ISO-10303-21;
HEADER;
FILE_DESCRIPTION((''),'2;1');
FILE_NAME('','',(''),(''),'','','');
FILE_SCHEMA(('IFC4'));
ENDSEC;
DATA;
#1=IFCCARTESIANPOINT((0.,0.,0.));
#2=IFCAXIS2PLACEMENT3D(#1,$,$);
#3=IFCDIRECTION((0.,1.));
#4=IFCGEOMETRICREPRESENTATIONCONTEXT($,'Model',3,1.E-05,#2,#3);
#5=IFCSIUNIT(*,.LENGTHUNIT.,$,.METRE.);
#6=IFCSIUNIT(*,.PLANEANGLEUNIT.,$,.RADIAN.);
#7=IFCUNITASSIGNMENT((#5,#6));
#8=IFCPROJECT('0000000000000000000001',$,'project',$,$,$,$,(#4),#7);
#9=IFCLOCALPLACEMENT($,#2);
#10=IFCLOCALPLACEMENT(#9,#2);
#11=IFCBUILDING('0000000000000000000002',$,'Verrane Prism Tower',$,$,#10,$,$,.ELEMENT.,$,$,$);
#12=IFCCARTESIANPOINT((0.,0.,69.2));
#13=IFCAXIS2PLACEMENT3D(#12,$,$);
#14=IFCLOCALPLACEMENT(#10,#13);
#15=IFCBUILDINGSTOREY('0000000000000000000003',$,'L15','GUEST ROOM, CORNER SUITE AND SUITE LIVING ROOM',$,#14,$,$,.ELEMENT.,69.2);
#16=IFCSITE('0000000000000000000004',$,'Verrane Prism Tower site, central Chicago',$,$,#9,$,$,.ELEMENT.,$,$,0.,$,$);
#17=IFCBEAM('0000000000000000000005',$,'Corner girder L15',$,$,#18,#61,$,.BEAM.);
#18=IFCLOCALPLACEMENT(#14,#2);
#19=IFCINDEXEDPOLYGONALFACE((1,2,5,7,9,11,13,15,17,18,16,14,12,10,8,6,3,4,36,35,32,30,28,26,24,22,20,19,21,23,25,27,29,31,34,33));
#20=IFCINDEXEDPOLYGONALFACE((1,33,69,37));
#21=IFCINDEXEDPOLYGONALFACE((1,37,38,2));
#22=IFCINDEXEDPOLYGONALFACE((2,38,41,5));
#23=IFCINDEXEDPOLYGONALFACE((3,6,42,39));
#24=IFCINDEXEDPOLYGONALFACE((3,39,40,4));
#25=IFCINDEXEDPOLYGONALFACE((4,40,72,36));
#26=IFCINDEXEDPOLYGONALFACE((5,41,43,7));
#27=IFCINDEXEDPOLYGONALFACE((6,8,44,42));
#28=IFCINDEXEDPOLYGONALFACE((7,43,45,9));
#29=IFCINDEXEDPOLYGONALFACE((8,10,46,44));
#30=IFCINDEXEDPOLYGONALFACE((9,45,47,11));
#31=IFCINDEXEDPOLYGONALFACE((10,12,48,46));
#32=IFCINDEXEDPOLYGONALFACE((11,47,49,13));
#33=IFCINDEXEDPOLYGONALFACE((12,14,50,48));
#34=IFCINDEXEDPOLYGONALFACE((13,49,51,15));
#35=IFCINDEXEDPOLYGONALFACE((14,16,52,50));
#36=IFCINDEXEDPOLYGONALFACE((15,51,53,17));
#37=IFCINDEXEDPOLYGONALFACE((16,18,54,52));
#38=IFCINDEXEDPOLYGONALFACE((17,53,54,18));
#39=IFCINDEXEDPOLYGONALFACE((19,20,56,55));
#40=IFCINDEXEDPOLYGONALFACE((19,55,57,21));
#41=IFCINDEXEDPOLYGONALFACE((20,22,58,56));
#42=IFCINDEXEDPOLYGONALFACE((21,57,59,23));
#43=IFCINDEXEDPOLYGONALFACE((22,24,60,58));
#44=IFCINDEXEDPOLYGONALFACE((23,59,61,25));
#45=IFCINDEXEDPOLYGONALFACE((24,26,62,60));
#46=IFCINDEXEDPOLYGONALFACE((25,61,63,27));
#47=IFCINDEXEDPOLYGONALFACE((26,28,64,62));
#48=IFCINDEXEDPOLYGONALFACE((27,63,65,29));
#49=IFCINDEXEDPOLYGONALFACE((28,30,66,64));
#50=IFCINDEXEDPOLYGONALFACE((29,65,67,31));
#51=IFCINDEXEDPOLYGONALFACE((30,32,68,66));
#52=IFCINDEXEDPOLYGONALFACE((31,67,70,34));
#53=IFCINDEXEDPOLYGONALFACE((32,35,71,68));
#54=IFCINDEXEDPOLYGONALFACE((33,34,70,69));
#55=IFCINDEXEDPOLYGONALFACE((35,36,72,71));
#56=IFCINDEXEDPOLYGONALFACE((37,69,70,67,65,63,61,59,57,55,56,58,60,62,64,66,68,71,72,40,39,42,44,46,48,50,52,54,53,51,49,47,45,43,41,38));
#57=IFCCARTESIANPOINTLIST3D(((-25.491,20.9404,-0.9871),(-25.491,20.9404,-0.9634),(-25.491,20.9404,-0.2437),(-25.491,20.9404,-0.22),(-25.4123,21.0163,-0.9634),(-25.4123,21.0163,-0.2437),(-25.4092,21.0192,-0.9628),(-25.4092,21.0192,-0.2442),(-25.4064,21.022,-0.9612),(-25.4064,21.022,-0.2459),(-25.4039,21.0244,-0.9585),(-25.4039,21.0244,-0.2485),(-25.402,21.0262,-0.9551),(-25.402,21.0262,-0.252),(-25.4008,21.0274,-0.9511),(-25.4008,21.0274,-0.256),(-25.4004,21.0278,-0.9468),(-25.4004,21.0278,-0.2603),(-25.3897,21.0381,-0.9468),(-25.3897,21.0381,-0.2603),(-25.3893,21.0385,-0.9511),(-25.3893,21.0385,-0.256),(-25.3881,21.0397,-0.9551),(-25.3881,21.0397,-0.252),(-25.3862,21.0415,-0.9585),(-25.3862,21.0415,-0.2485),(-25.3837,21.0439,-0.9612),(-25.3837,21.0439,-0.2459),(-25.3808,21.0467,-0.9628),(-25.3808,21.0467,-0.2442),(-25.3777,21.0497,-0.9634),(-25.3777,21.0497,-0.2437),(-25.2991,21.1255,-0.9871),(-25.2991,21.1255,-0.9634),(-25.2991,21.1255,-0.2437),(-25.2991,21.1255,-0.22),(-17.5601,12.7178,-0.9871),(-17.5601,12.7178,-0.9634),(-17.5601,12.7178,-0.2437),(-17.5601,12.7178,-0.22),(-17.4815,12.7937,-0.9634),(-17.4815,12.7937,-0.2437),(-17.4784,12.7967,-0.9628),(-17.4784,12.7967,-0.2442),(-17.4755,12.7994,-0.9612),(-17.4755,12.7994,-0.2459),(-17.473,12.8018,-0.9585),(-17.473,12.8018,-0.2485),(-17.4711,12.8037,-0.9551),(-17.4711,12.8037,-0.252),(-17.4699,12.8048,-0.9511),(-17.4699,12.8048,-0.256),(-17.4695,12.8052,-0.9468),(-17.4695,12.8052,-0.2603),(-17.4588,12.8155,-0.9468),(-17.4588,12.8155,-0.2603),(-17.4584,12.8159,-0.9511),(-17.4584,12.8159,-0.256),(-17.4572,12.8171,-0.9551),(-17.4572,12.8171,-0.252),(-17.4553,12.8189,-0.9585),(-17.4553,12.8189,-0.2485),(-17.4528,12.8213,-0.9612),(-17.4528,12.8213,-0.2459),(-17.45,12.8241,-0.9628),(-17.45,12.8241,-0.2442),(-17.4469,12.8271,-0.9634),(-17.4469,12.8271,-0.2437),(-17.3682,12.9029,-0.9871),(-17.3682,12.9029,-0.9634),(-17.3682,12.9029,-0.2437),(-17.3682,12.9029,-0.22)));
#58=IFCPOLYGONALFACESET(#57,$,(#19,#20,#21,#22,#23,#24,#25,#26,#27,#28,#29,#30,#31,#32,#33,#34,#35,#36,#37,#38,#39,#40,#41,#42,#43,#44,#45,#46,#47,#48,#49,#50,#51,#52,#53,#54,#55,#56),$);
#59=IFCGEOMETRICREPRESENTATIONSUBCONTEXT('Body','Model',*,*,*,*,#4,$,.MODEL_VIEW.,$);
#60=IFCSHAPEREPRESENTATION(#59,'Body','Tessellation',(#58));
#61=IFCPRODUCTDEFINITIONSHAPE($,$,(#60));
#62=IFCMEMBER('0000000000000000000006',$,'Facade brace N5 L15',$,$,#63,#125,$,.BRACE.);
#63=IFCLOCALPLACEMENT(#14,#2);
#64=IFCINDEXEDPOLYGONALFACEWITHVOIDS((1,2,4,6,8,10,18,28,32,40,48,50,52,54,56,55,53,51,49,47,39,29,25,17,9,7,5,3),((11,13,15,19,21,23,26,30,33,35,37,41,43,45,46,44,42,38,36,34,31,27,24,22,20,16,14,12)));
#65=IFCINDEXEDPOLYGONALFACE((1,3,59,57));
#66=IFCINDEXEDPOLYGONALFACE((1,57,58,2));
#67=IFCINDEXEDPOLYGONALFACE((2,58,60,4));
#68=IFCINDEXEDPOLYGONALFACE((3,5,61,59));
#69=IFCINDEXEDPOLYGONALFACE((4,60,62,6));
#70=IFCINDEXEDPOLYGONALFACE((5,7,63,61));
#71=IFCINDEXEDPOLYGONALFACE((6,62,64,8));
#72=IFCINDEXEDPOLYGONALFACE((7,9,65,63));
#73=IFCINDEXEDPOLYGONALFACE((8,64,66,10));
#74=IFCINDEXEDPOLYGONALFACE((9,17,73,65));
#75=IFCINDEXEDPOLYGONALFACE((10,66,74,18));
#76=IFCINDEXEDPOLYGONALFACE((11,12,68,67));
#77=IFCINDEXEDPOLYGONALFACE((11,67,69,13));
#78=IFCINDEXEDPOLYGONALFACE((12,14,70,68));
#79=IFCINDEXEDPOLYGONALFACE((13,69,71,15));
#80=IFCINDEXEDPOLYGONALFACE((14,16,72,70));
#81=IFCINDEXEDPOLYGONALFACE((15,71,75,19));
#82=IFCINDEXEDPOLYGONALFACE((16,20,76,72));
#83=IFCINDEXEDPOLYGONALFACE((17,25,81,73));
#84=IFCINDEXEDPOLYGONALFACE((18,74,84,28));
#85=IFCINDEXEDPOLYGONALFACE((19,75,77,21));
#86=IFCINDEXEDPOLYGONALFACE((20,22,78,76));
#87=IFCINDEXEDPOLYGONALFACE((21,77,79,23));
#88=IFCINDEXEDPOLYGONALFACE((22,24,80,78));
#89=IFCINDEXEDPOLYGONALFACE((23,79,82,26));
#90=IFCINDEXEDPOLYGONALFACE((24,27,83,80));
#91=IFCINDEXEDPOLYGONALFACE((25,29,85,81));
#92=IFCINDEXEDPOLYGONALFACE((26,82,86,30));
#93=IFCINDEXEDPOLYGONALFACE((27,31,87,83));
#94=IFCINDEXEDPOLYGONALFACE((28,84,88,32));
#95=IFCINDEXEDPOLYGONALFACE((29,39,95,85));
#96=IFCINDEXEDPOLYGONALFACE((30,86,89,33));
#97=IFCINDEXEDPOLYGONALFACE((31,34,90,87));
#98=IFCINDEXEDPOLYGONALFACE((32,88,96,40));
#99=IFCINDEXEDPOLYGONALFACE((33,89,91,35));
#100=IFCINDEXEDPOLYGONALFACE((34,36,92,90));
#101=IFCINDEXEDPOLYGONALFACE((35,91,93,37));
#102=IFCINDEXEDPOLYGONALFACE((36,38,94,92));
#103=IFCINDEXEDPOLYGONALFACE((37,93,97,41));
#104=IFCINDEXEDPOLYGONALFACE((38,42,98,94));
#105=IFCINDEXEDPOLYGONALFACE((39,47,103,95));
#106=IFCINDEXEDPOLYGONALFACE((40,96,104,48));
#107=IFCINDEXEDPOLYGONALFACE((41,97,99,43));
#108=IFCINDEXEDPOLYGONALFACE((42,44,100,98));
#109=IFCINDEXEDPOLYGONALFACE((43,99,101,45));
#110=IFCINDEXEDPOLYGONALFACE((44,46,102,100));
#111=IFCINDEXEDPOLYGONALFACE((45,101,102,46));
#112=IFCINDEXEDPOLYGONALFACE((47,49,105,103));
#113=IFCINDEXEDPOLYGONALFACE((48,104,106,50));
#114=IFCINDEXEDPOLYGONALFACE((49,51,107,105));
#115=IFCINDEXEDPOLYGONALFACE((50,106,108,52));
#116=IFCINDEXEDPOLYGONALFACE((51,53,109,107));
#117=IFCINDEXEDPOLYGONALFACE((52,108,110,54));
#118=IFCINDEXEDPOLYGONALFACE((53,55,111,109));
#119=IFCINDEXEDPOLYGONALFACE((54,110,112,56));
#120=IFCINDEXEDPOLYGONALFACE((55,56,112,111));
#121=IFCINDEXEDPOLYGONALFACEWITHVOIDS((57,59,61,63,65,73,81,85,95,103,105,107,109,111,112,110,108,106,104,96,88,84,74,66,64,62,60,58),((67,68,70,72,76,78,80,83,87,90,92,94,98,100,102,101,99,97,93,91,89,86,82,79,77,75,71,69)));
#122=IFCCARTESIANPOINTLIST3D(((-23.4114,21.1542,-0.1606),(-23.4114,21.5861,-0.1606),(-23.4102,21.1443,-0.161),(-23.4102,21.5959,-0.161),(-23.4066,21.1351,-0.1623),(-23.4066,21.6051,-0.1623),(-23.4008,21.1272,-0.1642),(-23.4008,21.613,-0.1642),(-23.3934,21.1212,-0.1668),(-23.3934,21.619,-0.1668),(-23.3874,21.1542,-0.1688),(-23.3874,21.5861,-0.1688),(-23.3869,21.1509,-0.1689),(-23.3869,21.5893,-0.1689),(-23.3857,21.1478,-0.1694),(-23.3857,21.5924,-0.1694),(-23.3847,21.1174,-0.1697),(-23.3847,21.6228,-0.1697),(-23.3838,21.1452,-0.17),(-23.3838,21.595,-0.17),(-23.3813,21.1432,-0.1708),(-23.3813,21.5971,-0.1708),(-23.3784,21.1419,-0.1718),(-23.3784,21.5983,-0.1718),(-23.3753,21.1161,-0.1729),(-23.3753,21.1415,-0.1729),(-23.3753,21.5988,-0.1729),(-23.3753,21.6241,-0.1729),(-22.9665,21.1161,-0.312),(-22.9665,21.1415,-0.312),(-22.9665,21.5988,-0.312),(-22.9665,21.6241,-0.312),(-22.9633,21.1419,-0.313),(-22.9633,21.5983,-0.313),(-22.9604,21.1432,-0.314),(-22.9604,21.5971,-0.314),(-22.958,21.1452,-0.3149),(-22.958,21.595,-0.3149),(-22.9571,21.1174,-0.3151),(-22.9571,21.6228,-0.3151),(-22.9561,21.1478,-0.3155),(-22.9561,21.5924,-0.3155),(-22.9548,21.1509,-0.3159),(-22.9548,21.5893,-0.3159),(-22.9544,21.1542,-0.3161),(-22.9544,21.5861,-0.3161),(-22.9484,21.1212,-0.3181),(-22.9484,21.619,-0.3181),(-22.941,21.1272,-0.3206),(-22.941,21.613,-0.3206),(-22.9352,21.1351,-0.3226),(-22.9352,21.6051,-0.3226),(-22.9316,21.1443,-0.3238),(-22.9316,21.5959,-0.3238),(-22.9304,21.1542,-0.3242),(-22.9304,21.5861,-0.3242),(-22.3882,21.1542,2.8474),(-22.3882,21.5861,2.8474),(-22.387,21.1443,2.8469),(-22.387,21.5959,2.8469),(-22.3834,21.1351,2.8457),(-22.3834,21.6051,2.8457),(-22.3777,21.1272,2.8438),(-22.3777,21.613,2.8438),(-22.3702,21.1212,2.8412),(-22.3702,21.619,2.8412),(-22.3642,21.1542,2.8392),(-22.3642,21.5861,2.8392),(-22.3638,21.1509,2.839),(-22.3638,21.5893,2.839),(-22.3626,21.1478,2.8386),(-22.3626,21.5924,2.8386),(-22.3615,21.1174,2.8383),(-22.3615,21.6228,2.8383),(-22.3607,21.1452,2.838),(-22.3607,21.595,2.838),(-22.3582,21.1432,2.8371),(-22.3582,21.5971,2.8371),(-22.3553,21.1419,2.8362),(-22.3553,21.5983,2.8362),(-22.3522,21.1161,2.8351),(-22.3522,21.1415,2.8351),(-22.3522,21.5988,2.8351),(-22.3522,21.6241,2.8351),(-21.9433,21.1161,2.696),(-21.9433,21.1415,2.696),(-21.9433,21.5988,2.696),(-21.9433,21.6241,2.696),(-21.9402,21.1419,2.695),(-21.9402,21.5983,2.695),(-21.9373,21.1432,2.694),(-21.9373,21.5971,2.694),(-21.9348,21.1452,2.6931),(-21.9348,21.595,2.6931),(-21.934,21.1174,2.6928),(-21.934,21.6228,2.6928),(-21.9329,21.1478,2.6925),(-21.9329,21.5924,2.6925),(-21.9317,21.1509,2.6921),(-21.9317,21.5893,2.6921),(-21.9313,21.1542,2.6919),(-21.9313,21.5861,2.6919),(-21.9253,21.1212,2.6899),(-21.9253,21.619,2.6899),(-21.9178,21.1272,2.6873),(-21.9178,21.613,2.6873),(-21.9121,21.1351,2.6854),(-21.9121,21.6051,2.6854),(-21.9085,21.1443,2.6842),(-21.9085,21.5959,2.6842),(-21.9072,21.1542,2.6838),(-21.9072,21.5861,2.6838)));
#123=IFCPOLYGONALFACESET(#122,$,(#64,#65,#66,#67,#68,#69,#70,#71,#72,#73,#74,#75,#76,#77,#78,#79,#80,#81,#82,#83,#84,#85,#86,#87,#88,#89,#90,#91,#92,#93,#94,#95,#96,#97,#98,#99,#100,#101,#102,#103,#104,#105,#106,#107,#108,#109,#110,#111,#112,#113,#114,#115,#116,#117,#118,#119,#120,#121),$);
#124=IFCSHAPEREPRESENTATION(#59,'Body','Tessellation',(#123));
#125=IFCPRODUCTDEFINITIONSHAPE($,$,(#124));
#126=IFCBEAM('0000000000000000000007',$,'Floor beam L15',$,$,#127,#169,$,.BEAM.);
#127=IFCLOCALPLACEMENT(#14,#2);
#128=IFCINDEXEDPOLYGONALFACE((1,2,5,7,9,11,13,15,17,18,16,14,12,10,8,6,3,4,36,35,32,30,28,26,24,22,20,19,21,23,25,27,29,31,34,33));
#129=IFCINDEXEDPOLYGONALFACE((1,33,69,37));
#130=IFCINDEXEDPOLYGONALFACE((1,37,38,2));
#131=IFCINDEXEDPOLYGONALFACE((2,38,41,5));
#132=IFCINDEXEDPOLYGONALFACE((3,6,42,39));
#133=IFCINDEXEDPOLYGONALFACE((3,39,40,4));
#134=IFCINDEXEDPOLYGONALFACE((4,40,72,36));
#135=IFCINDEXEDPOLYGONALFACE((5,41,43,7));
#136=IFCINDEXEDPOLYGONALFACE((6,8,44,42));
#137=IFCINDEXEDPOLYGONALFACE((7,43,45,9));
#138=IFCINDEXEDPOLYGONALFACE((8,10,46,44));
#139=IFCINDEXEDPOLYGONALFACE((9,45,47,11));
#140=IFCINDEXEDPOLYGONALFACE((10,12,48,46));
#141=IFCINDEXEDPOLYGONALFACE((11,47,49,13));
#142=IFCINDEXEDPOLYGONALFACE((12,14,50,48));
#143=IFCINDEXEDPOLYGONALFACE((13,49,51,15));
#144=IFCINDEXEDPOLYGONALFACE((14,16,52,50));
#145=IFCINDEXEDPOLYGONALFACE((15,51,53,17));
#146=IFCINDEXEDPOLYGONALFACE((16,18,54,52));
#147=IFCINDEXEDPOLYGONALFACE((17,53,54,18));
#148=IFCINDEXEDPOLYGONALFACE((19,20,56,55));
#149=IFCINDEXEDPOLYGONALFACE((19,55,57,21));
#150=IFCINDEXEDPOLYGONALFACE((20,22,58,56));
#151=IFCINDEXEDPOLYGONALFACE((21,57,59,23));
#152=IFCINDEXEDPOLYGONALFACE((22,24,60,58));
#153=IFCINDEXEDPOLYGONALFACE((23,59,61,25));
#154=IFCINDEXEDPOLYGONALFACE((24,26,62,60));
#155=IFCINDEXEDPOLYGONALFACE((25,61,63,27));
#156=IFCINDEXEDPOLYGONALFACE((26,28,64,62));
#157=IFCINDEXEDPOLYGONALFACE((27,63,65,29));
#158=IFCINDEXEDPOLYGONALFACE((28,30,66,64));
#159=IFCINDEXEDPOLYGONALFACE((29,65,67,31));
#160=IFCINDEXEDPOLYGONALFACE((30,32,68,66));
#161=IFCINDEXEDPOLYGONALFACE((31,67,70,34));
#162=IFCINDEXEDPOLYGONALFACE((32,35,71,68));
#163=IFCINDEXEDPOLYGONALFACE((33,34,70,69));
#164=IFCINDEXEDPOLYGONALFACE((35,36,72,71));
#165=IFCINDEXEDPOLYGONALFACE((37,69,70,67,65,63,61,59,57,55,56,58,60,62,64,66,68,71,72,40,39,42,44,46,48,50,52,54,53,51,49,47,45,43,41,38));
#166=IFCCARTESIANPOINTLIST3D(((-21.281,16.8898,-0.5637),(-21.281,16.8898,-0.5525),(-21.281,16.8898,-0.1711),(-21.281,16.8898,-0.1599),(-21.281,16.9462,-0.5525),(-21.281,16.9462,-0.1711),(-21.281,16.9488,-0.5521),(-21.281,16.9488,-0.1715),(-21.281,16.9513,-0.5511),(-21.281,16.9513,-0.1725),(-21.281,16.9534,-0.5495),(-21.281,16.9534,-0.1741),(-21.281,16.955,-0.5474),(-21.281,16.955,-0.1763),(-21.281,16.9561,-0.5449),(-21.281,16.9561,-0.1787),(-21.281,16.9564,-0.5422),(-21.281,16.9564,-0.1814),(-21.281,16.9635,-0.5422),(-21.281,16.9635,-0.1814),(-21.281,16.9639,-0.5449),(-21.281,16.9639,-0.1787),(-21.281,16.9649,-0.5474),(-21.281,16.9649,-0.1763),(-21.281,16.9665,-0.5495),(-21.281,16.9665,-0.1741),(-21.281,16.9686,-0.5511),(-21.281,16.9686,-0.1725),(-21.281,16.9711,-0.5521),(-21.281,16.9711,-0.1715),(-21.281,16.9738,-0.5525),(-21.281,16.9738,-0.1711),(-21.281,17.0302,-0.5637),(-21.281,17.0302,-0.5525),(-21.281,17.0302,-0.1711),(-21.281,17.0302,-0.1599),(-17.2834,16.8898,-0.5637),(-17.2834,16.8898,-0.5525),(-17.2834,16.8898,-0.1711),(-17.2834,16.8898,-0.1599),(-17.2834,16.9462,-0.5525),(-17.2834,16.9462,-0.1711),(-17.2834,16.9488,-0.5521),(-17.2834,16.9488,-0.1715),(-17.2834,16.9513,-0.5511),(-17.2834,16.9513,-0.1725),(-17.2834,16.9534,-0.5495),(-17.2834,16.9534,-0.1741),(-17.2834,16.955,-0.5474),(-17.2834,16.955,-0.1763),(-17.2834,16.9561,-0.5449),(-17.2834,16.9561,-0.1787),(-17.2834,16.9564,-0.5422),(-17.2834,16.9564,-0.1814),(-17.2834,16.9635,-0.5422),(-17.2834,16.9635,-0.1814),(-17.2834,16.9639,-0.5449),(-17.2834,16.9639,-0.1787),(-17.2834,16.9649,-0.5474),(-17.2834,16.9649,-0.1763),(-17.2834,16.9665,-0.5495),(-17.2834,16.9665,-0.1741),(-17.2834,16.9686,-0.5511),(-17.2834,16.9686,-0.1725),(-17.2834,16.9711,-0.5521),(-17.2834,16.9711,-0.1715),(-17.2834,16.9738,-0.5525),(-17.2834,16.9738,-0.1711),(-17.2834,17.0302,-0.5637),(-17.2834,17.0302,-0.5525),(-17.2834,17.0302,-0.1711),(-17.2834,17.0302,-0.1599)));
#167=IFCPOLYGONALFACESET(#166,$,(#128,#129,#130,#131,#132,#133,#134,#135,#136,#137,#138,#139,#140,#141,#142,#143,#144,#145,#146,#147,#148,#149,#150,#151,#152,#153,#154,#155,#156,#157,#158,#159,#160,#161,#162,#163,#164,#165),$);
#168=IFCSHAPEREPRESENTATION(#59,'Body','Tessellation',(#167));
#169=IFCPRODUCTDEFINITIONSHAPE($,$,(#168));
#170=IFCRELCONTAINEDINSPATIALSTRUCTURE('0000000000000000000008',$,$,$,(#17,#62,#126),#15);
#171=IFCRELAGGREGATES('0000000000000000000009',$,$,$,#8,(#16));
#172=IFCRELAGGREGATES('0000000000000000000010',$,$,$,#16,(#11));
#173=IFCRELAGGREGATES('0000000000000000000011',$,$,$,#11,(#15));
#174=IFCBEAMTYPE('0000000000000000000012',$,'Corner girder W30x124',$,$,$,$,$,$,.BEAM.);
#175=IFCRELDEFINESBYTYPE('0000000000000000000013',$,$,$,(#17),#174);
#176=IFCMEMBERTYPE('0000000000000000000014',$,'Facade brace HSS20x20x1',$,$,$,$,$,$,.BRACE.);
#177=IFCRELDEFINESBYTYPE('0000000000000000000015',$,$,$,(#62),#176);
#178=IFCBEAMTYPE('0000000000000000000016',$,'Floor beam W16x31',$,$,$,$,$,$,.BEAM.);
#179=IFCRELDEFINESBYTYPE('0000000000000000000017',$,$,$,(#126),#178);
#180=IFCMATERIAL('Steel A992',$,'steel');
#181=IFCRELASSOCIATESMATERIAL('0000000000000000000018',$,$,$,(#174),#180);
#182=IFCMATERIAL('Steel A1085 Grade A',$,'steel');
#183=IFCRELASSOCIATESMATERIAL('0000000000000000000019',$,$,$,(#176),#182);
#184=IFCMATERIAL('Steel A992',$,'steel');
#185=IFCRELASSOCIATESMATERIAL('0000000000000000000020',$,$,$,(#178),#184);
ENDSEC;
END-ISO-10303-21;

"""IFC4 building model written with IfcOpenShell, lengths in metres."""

from ifc_helpers import new_model, si_unit, direction, frame, origin, origin_2d, place, context, subcontext, project, spatial, hollow_rectangle, i_section, extrude, material, material_profile, profile_set, type_object, element, save


model = new_model("IFC4")

# Units and contexts
model_context = context("Model", 3, precision=1e-05, world=origin(), true_north=direction((0.0, 1.0)))
body_context = subcontext(model_context, "Body", "Model", "MODEL_VIEW")
ifc_project = project(units=[si_unit("LENGTHUNIT", "METRE"), si_unit("PLANEANGLEUNIT", "RADIAN")], contexts=[model_context])

# Site, building, storey
site_placement = place(None, origin())
site = spatial("IfcSite", under=ifc_project, at=site_placement, Name="Verrane Prism Tower site, central Chicago", CompositionType="ELEMENT", RefElevation=0.0)
building_placement = place(site_placement, origin())
building = spatial("IfcBuilding", under=site, at=building_placement, Name="Verrane Prism Tower", CompositionType="ELEMENT")
storey_placement = place(building_placement, frame((0.0, 0.0, 69.2)))
storey = spatial("IfcBuildingStorey", under=building, at=storey_placement, Name="L15", Description="GUEST ROOM, CORNER SUITE AND SUITE LIVING ROOM", CompositionType="ELEMENT", Elevation=69.2)

# Beam
ifc_material_1 = material(Name="Steel A992", Category="steel")
ifc_material_profile_1 = material_profile(ifc_material_1, i_section(OverallWidth=0.2666, OverallDepth=0.7671, WebThickness=0.0149, FlangeThickness=0.0237, FilletRadius=0.0166, at=origin_2d()), Name="W30x124")
ifc_profile_set_1 = profile_set([ifc_material_profile_1], Name="Steel A992")
beam_type_1 = type_object("IfcBeamType", Name="Corner girder W30x124", PredefinedType="BEAM", material=ifc_profile_set_1)
beam_1_placement = place(storey_placement, frame((-25.395, 21.033, -0.6035), z_axis=(0.694223, -0.71976, 0.0), x_axis=(0.71976, 0.694223, 0.0)))
element("IfcBeam", 1, at=beam_1_placement, inside=storey, type_object=beam_type_1, Name="Corner girder L15", PredefinedType="BEAM", context=body_context, shape_type="SweptSolid", body=[
    extrude(i_section(OverallWidth=0.2666, OverallDepth=0.7671, WebThickness=0.0149, FlangeThickness=0.0237, FilletRadius=0.0166, at=origin_2d()), origin(), (0.0, 0.0, 1.0), 11.4241),
])

# Member
ifc_material_2 = material(Name="Steel A1085 Grade A", Category="steel")
ifc_material_profile_2 = material_profile(ifc_material_2, hollow_rectangle(XDim=0.5081, YDim=0.5081, WallThickness=0.0254, InnerFilletRadius=0.0127, OuterFilletRadius=0.0381, at=origin_2d()), Name="HSS20x20x1")
ifc_profile_set_2 = profile_set([ifc_material_profile_2], Name="Steel A1085 Grade A")
member_type_1 = type_object("IfcMemberType", Name="Facade brace HSS20x20x1", PredefinedType="BRACE", material=ifc_profile_set_2)
member_1_placement = place(storey_placement, frame((-23.1709, 21.3701, -0.2424), z_axis=(0.322031, 0.0, 0.946729), x_axis=(0.0, 1.0, 0.0)))
element("IfcMember", 2, at=member_1_placement, inside=storey, type_object=member_type_1, Name="Facade brace N5 L15", PredefinedType="BRACE", context=body_context, shape_type="SweptSolid", body=[
    extrude(hollow_rectangle(XDim=0.5081, YDim=0.5081, WallThickness=0.0254, InnerFilletRadius=0.0127, OuterFilletRadius=0.0381, at=origin_2d()), origin(), (0.0, 0.0, 1.0), 3.1772),
])

# Beam
ifc_material_3 = material(Name="Steel A992", Category="steel")
ifc_material_profile_3 = material_profile(ifc_material_3, i_section(OverallWidth=0.1404, OverallDepth=0.4038, WebThickness=0.0071, FlangeThickness=0.0112, FilletRadius=0.0103, at=origin_2d()), Name="W16x31")
ifc_profile_set_3 = profile_set([ifc_material_profile_3], Name="Steel A992")
beam_type_2 = type_object("IfcBeamType", Name="Floor beam W16x31", PredefinedType="BEAM", material=ifc_profile_set_3)
beam_2_placement = place(storey_placement, frame((-21.281, 16.96, -0.3618), z_axis=(1.0, 0.0, 0.0), x_axis=(0.0, 1.0, 0.0)))
element("IfcBeam", 3, at=beam_2_placement, inside=storey, type_object=beam_type_2, Name="Floor beam L15", PredefinedType="BEAM", context=body_context, shape_type="SweptSolid", body=[
    extrude(i_section(OverallWidth=0.1404, OverallDepth=0.4038, WebThickness=0.0071, FlangeThickness=0.0112, FilletRadius=0.0103, at=origin_2d()), origin(), (0.0, 0.0, 1.0), 3.9976),
])

save(model, "model.ifc")
